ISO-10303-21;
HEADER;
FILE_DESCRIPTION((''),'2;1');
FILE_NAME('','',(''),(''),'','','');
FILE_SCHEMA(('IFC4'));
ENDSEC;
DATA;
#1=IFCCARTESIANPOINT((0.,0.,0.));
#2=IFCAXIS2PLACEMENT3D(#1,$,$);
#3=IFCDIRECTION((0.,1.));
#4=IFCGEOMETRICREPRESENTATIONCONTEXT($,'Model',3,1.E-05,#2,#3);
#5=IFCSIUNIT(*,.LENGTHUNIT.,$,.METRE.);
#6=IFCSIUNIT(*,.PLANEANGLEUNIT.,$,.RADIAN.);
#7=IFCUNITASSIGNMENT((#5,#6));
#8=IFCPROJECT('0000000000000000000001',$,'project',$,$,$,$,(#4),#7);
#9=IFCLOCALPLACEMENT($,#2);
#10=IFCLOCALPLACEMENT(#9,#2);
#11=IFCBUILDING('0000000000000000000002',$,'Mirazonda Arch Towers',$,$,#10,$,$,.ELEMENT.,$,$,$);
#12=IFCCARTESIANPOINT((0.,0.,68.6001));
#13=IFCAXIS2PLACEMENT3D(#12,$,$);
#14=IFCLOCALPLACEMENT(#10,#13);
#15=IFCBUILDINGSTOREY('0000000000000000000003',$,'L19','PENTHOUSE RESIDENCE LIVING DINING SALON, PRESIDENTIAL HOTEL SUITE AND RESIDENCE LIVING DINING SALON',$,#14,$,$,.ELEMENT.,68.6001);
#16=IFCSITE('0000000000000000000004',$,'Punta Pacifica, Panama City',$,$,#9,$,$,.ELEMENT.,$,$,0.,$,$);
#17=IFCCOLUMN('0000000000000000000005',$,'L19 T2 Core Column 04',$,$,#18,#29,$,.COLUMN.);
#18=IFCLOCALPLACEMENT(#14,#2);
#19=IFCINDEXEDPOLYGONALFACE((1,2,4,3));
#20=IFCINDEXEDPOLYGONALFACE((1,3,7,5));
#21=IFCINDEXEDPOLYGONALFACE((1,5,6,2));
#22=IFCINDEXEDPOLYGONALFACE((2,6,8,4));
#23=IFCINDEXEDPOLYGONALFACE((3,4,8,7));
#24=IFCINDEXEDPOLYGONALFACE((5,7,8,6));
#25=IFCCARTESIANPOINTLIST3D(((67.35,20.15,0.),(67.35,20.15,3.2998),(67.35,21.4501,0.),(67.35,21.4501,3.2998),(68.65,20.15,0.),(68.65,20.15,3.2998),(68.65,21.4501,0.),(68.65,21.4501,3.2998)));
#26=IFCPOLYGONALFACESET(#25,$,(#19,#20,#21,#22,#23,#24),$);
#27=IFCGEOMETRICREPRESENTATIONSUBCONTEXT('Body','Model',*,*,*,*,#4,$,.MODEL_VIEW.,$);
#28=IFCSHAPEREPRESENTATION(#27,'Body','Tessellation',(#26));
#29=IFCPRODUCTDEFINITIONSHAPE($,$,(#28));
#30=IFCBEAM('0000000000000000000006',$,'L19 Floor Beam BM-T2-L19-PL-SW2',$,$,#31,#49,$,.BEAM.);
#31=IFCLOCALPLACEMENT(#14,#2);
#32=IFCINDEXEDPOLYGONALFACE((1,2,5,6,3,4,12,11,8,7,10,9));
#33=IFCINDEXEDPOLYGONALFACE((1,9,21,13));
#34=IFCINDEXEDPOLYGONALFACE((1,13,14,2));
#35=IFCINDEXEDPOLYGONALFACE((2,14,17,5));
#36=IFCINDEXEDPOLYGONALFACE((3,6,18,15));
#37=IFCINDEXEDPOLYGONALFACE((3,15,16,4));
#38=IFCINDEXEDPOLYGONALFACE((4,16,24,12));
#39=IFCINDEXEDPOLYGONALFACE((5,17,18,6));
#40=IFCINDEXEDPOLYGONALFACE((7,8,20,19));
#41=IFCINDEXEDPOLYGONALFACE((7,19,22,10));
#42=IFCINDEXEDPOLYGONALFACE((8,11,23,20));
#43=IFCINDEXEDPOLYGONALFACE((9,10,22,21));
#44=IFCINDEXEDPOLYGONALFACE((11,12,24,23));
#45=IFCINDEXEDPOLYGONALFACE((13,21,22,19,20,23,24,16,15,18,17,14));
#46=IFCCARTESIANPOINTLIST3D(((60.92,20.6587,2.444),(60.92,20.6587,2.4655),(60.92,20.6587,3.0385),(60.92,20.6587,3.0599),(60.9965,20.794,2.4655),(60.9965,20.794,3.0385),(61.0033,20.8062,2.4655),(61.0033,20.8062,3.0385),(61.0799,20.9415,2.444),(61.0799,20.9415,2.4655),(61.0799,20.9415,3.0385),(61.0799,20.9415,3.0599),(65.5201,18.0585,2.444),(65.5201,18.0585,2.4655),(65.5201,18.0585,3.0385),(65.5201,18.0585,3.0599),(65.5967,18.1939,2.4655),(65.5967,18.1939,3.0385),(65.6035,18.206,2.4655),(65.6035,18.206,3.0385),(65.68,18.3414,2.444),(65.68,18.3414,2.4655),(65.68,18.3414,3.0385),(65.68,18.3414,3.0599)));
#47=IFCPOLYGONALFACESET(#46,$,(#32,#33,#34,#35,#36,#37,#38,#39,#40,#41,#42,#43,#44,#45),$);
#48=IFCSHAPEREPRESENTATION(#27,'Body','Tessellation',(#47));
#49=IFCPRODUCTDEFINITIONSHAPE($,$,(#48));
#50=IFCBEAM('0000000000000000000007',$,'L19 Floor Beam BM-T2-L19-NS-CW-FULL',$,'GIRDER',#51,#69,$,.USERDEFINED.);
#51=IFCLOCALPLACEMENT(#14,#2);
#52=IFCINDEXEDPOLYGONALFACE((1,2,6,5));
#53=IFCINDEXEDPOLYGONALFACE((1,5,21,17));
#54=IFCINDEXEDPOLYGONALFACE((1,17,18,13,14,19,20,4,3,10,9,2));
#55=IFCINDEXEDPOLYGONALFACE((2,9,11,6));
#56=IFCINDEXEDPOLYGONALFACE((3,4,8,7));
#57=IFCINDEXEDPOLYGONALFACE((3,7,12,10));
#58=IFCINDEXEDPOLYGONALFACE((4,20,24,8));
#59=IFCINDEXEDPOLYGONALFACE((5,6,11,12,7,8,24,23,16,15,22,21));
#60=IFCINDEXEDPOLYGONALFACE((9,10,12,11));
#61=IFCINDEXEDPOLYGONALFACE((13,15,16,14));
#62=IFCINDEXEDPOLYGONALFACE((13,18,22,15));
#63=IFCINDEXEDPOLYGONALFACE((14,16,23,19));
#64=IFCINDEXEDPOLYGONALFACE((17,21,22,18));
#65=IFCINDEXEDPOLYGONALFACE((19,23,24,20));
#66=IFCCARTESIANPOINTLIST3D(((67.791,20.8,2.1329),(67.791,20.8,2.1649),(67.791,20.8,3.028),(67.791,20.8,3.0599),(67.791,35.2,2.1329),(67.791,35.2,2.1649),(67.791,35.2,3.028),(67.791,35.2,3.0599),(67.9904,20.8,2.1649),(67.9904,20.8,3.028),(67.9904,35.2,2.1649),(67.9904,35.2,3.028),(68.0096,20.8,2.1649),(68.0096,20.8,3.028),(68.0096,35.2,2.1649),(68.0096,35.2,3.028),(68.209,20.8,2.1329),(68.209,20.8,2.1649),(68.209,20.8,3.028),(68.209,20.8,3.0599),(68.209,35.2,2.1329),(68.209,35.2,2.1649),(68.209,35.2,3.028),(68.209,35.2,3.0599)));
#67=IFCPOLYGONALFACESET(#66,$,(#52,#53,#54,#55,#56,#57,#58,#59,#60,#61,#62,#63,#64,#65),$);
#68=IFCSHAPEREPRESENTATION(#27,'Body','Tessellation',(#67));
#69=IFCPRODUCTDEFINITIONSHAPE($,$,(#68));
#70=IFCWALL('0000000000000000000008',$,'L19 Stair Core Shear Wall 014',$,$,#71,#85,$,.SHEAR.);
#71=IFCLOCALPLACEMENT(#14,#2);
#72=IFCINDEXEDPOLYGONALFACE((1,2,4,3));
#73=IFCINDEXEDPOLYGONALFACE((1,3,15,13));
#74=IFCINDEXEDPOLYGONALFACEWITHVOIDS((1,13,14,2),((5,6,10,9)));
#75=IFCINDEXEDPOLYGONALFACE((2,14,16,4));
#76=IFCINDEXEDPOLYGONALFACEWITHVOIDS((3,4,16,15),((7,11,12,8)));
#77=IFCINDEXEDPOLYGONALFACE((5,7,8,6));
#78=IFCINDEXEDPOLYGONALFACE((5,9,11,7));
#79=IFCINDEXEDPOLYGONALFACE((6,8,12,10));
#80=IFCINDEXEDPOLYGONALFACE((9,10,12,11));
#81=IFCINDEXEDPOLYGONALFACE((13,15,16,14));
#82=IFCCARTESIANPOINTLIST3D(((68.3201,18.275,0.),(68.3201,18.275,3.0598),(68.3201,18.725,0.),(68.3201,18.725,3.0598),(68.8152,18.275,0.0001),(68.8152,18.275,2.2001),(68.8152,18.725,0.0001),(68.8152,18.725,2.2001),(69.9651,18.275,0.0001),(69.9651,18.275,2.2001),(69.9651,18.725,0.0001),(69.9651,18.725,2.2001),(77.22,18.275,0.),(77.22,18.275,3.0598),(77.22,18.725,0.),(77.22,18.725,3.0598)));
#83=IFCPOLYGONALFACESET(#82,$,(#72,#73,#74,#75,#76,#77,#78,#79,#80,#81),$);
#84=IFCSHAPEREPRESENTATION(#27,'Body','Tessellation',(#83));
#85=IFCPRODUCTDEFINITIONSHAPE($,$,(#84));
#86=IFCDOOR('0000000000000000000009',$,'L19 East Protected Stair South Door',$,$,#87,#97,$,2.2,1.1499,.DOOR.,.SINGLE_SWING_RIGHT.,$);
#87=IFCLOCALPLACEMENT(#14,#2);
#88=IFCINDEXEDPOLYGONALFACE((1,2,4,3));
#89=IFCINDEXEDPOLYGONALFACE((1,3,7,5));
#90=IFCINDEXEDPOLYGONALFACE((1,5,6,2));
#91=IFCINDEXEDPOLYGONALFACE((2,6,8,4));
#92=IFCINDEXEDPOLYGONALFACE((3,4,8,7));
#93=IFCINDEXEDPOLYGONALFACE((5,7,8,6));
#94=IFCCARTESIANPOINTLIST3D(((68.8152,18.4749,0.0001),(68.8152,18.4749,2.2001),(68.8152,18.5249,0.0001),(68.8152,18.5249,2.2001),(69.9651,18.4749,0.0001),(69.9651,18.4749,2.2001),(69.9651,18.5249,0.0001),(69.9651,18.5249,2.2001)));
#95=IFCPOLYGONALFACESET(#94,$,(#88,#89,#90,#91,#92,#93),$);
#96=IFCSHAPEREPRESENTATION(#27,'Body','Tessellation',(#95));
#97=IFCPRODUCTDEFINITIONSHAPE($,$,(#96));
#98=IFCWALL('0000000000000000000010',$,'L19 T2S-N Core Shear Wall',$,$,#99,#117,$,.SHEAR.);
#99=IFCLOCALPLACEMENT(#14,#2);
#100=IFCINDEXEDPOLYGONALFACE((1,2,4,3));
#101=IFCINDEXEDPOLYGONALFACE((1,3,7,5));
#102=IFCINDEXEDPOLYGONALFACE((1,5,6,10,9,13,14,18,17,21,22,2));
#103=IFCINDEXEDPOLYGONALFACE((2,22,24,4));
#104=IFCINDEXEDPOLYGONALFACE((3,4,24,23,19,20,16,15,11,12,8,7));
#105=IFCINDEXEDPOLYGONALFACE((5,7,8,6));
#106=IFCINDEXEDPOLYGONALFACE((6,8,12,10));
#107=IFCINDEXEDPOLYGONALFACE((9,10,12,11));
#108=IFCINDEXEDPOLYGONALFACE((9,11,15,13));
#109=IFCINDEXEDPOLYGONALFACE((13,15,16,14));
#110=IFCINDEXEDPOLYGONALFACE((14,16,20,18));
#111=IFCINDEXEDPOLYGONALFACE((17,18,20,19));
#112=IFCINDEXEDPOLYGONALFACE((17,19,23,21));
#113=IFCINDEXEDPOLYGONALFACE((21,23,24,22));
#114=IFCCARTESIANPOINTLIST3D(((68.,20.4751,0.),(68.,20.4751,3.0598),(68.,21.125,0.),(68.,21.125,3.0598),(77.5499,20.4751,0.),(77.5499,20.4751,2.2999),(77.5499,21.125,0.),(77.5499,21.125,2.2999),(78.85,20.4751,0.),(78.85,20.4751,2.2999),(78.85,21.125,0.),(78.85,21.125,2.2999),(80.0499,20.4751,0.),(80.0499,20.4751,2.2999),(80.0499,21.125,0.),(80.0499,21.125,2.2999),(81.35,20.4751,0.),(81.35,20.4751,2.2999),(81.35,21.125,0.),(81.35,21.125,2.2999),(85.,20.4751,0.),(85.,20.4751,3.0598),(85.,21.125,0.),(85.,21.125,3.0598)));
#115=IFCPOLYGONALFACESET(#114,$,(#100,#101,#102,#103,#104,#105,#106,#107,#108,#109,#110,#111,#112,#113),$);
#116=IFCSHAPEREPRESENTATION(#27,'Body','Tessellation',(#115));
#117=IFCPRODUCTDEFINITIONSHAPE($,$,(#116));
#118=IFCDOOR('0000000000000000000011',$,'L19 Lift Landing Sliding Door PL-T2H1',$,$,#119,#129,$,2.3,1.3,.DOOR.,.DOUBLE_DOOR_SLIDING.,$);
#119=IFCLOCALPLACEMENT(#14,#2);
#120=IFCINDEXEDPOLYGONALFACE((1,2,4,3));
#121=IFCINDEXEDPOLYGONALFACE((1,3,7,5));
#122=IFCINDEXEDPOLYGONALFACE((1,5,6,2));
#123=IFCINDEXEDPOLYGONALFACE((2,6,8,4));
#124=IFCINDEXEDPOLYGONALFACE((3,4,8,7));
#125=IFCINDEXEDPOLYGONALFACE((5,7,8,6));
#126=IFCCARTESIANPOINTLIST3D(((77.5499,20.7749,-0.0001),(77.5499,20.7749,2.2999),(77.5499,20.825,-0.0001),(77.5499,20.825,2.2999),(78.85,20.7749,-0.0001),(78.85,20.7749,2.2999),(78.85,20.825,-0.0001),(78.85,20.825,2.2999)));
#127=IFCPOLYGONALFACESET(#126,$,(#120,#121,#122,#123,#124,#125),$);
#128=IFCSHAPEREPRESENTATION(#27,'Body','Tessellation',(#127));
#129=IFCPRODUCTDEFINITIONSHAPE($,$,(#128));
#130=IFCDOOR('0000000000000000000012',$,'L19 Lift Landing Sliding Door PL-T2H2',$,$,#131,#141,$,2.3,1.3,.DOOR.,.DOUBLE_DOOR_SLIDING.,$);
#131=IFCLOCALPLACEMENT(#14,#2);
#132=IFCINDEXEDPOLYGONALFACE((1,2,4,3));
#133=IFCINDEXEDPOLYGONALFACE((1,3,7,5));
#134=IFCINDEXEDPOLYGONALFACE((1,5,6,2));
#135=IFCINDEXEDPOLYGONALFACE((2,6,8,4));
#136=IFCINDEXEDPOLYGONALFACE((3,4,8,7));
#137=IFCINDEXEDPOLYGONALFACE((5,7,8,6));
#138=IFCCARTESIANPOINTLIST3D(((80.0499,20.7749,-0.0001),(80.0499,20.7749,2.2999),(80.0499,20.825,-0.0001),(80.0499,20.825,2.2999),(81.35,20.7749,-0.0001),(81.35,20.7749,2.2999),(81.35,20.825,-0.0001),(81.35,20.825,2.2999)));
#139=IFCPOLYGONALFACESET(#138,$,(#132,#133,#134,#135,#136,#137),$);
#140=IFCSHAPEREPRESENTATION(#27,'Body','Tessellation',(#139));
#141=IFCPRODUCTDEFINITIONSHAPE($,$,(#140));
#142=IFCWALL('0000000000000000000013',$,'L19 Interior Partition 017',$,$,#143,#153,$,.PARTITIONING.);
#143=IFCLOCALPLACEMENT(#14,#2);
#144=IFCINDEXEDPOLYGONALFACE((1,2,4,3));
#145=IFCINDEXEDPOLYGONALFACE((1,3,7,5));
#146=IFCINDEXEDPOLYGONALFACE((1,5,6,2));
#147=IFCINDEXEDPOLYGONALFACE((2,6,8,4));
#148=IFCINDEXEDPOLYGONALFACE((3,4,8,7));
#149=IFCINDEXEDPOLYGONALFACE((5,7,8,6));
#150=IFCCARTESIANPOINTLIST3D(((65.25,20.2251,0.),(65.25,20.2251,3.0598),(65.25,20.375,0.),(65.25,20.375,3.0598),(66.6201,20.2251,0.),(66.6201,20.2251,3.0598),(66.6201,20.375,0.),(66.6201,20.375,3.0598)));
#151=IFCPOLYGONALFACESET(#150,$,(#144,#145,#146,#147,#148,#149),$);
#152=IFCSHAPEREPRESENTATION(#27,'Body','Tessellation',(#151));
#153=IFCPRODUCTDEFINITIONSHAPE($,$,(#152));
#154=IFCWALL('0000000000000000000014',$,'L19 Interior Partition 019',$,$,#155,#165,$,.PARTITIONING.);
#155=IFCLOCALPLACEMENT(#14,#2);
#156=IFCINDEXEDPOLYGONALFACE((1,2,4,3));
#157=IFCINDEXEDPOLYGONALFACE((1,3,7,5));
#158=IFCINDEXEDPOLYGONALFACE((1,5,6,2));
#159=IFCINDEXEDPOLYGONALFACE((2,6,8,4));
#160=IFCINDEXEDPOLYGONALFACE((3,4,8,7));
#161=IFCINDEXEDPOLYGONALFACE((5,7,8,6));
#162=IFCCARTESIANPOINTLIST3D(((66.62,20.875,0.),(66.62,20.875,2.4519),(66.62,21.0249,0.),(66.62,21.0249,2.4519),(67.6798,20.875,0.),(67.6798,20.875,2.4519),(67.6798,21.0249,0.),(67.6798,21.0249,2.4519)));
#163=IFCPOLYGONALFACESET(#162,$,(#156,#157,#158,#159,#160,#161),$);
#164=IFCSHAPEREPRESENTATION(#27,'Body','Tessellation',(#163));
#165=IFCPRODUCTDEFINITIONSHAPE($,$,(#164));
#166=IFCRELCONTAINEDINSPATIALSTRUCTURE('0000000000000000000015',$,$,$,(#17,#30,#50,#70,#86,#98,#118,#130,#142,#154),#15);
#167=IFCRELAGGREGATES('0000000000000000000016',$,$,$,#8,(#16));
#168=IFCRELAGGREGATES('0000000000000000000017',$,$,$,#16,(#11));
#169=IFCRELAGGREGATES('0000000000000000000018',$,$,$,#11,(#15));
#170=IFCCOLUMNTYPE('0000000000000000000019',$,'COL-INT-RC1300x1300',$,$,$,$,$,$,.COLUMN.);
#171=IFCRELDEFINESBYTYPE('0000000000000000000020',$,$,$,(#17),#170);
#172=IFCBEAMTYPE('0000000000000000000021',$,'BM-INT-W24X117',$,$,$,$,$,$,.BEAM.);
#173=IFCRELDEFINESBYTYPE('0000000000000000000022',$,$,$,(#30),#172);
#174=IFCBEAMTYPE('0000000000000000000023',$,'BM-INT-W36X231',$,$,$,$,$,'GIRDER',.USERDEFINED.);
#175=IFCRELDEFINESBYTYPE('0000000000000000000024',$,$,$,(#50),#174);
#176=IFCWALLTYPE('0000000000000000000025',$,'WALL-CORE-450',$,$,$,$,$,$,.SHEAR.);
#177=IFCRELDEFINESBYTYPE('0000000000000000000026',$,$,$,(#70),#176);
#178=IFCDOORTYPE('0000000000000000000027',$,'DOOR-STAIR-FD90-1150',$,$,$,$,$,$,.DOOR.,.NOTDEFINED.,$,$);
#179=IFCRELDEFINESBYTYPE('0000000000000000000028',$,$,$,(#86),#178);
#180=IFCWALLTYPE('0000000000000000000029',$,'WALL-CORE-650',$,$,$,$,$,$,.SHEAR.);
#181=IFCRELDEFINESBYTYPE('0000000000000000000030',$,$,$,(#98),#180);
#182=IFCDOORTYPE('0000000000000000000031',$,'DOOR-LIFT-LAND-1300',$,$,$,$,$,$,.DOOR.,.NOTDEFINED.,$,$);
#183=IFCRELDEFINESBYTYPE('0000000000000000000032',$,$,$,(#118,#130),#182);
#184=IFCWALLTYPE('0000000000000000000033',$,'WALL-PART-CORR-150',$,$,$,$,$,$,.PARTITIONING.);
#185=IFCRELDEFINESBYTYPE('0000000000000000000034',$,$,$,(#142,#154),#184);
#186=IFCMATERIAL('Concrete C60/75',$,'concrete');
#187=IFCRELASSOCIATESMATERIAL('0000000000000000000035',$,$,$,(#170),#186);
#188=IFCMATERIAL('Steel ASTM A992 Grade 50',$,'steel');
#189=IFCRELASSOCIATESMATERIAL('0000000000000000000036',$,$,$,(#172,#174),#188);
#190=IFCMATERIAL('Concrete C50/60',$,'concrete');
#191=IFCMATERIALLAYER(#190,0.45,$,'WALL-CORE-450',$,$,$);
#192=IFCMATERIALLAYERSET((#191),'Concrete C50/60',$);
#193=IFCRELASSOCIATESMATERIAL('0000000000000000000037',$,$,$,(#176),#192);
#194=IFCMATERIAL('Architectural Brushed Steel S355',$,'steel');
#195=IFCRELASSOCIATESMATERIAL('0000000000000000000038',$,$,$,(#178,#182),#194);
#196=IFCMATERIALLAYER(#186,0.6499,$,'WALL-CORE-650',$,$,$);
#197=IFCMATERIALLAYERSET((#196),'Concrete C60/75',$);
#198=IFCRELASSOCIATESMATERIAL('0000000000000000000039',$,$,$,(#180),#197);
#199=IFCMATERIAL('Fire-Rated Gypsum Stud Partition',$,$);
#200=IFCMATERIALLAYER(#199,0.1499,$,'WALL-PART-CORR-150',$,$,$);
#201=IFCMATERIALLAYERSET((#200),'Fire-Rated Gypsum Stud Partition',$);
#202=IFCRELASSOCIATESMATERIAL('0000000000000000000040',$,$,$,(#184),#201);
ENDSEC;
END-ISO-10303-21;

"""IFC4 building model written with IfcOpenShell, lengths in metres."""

from ifc_helpers import new_model, si_unit, direction, frame, frame_2d, origin, origin_2d, place, context, subcontext, project, spatial, rectangle, i_section, extrude, material, layer, layer_set, material_profile, profile_set, type_object, element, fill, save


model = new_model("IFC4")

# Units and contexts
model_context = context("Model", 3, precision=1e-05, world=origin(), true_north=direction((0.0, 1.0)))
body_context = subcontext(model_context, "Body", "Model", "MODEL_VIEW")
ifc_project = project(units=[si_unit("LENGTHUNIT", "METRE"), si_unit("PLANEANGLEUNIT", "RADIAN")], contexts=[model_context])

# Site, building, storey
site_placement = place(None, origin())
site = spatial("IfcSite", under=ifc_project, at=site_placement, Name="Punta Pacifica, Panama City", CompositionType="ELEMENT", RefElevation=0.0)
building_placement = place(site_placement, origin())
building = spatial("IfcBuilding", under=site, at=building_placement, Name="Mirazonda Arch Towers", CompositionType="ELEMENT")
storey_placement = place(building_placement, frame((0.0, 0.0, 68.6001)))
storey = spatial("IfcBuildingStorey", under=building, at=storey_placement, Name="L19", Description="PENTHOUSE RESIDENCE LIVING DINING SALON, PRESIDENTIAL HOTEL SUITE AND RESIDENCE LIVING DINING SALON", CompositionType="ELEMENT", Elevation=68.6001)

# Column
ifc_material_1 = material(Name="Concrete C60/75", Category="concrete")
ifc_material_profile_1 = material_profile(ifc_material_1, rectangle(XDim=1.3, YDim=1.3, at=origin_2d()), Name="RC1300x1300")
ifc_profile_set_1 = profile_set([ifc_material_profile_1], Name="Concrete C60/75")
column_type = type_object("IfcColumnType", Name="COL-INT-RC1300x1300", PredefinedType="COLUMN", material=ifc_profile_set_1)
column_placement = place(storey_placement, frame((68.0, 20.8, 0.0), z_axis=(0.0, 0.0, 1.0), x_axis=(1.0, 0.0, 0.0)))
element("IfcColumn", 1, at=column_placement, inside=storey, type_object=column_type, Name="L19 T2 Core Column 04", PredefinedType="COLUMN", context=body_context, shape_type="SweptSolid", body=[
    extrude(rectangle(XDim=1.3, YDim=1.3, at=origin_2d()), origin(), (0.0, 0.0, 1.0), 3.2998),
])

# Beams
ifc_material_2 = material(Name="Steel ASTM A992 Grade 50", Category="steel")
ifc_material_profile_2 = material_profile(ifc_material_2, i_section(OverallWidth=0.325, OverallDepth=0.616, WebThickness=0.0139, FlangeThickness=0.0215, at=origin_2d()), Name="W24X117")
ifc_profile_set_2 = profile_set([ifc_material_profile_2], Name="Steel ASTM A992 Grade 50")
beam_type_1 = type_object("IfcBeamType", Name="BM-INT-W24X117", PredefinedType="BEAM", material=ifc_profile_set_2)
beam_1_placement = place(storey_placement, frame((65.6001, 18.2, 2.752), z_axis=(-0.870559, 0.492063, 0.0), x_axis=(-0.492063, -0.870559, 0.0)))
element("IfcBeam", 2, at=beam_1_placement, inside=storey, type_object=beam_type_1, Name="L19 Floor Beam BM-T2-L19-PL-SW2", PredefinedType="BEAM", context=body_context, shape_type="SweptSolid", body=[
    extrude(i_section(OverallWidth=0.325, OverallDepth=0.616, WebThickness=0.0139, FlangeThickness=0.0215, at=origin_2d()), origin(), (0.0, 0.0, 1.0), 5.2842),
])
ifc_material_profile_3 = material_profile(ifc_material_2, i_section(OverallWidth=0.418, OverallDepth=0.927, WebThickness=0.0193, FlangeThickness=0.032, at=origin_2d()), Name="W36X231")
ifc_profile_set_3 = profile_set([ifc_material_profile_3], Name="Steel ASTM A992 Grade 50")
beam_type_2 = type_object("IfcBeamType", Name="BM-INT-W36X231", ElementType="GIRDER", PredefinedType="USERDEFINED", material=ifc_profile_set_3)
beam_2_placement = place(storey_placement, frame((68.0, 20.8, 2.5964), z_axis=(0.0, 1.0, 0.0), x_axis=(-1.0, 0.0, 0.0)))
element("IfcBeam", 3, at=beam_2_placement, inside=storey, type_object=beam_type_2, Name="L19 Floor Beam BM-T2-L19-NS-CW-FULL", ObjectType="GIRDER", PredefinedType="USERDEFINED", context=body_context, shape_type="SweptSolid", body=[
    extrude(i_section(OverallWidth=0.418, OverallDepth=0.927, WebThickness=0.0193, FlangeThickness=0.032, at=origin_2d()), origin(), (0.0, 0.0, 1.0), 14.3999),
])

# Wall, opening, door
ifc_material_3 = material(Name="Concrete C50/60", Category="concrete")
ifc_layer_1 = layer(ifc_material_3, 0.45, Name="WALL-CORE-450")
ifc_layer_set_1 = layer_set([ifc_layer_1], Name="Concrete C50/60")
wall_type_1 = type_object("IfcWallType", Name="WALL-CORE-450", PredefinedType="SHEAR", material=ifc_layer_set_1)
wall_1_placement = place(storey_placement, frame((68.3201, 18.5, 0.0), z_axis=(0.0, 0.0, 1.0), x_axis=(1.0, 0.0, 0.0)))
wall_1 = element("IfcWall", 4, at=wall_1_placement, inside=storey, type_object=wall_type_1, Name="L19 Stair Core Shear Wall 014", PredefinedType="SHEAR", context=body_context, shape_type="SweptSolid", body=[
    extrude(rectangle(XDim=8.8999, YDim=0.45, at=frame_2d((4.45, 0.0))), origin(), (0.0, 0.0, 1.0), 3.0598),
])
opening_1_placement = place(wall_1_placement, frame((0.4951, 0.0, 0.0)))
opening_1 = element("IfcOpeningElement", 5, at=opening_1_placement, cuts=wall_1, PredefinedType="OPENING", context=body_context, shape_type="SweptSolid", body=[
    extrude(rectangle(XDim=1.1499, YDim=2.2, at=frame_2d((0.575, 1.1001))), frame((0.0, 0.2349, 0.0), z_axis=(0.0, -1.0, 0.0), x_axis=(1.0, 0.0, 0.0)), (0.0, 0.0, 1.0), 0.47),
])
ifc_material_4 = material(Name="Architectural Brushed Steel S355", Category="steel")
door_type_1 = type_object("IfcDoorType", Name="DOOR-STAIR-FD90-1150", OperationType="NOTDEFINED", PredefinedType="DOOR", material=ifc_material_4)
door_1_placement = place(opening_1_placement, origin())
door_1 = element("IfcDoor", 6, at=door_1_placement, inside=storey, type_object=door_type_1, Name="L19 East Protected Stair South Door", OperationType="SINGLE_SWING_RIGHT", OverallHeight=2.2, OverallWidth=1.1499, PredefinedType="DOOR", context=body_context, shape_type="SweptSolid", body=[
    extrude(rectangle(XDim=1.1499, YDim=2.2, at=frame_2d((0.575, 1.1001))), frame((0.0, 0.0249, 0.0), z_axis=(0.0, -1.0, 0.0), x_axis=(1.0, 0.0, 0.0)), (0.0, 0.0, 1.0), 0.05),
])
fill(opening_1, door_1)

# Wall, openings, doors
ifc_layer_2 = layer(ifc_material_1, 0.6499, Name="WALL-CORE-650")
ifc_layer_set_2 = layer_set([ifc_layer_2], Name="Concrete C60/75")
wall_type_2 = type_object("IfcWallType", Name="WALL-CORE-650", PredefinedType="SHEAR", material=ifc_layer_set_2)
wall_2_placement = place(storey_placement, frame((68.0, 20.8, 0.0), z_axis=(0.0, 0.0, 1.0), x_axis=(1.0, 0.0, 0.0)))
wall_2 = element("IfcWall", 7, at=wall_2_placement, inside=storey, type_object=wall_type_2, Name="L19 T2S-N Core Shear Wall", PredefinedType="SHEAR", context=body_context, shape_type="SweptSolid", body=[
    extrude(rectangle(XDim=17.0, YDim=0.6499, at=frame_2d((8.5, 0.0))), origin(), (0.0, 0.0, 1.0), 3.0598),
])
opening_2_placement = place(wall_2_placement, frame((9.55, 0.0, 0.0)))
opening_2 = element("IfcOpeningElement", 8, at=opening_2_placement, cuts=wall_2, PredefinedType="OPENING", context=body_context, shape_type="SweptSolid", body=[
    extrude(rectangle(XDim=1.3, YDim=2.3, at=frame_2d((0.6499, 1.1499))), frame((0.0, 0.335, 0.0), z_axis=(0.0, -1.0, 0.0), x_axis=(1.0, 0.0, 0.0)), (0.0, 0.0, 1.0), 0.6699),
])
opening_3_placement = place(wall_2_placement, frame((12.05, 0.0, 0.0)))
opening_3 = element("IfcOpeningElement", 9, at=opening_3_placement, cuts=wall_2, PredefinedType="OPENING", context=body_context, shape_type="SweptSolid", body=[
    extrude(rectangle(XDim=1.3, YDim=2.3, at=frame_2d((0.6499, 1.1499))), frame((0.0, 0.335, 0.0), z_axis=(0.0, -1.0, 0.0), x_axis=(1.0, 0.0, 0.0)), (0.0, 0.0, 1.0), 0.6699),
])
door_type_2 = type_object("IfcDoorType", Name="DOOR-LIFT-LAND-1300", OperationType="NOTDEFINED", PredefinedType="DOOR", material=ifc_material_4)
door_2_placement = place(opening_2_placement, origin())
door_2 = element("IfcDoor", 10, at=door_2_placement, inside=storey, type_object=door_type_2, Name="L19 Lift Landing Sliding Door PL-T2H1", OperationType="DOUBLE_DOOR_SLIDING", OverallHeight=2.3, OverallWidth=1.3, PredefinedType="DOOR", context=body_context, shape_type="SweptSolid", body=[
    extrude(rectangle(XDim=1.3, YDim=2.3, at=frame_2d((0.6499, 1.1499))), frame((0.0, 0.0249, 0.0), z_axis=(0.0, -1.0, 0.0), x_axis=(1.0, 0.0, 0.0)), (0.0, 0.0, 1.0), 0.05),
])
fill(opening_2, door_2)
door_3_placement = place(opening_3_placement, origin())
door_3 = element("IfcDoor", 11, at=door_3_placement, inside=storey, type_object=door_type_2, Name="L19 Lift Landing Sliding Door PL-T2H2", OperationType="DOUBLE_DOOR_SLIDING", OverallHeight=2.3, OverallWidth=1.3, PredefinedType="DOOR", context=body_context, shape_type="SweptSolid", body=[
    extrude(rectangle(XDim=1.3, YDim=2.3, at=frame_2d((0.6499, 1.1499))), frame((0.0, 0.0249, 0.0), z_axis=(0.0, -1.0, 0.0), x_axis=(1.0, 0.0, 0.0)), (0.0, 0.0, 1.0), 0.05),
])
fill(opening_3, door_3)

# Walls
ifc_material_5 = material(Name="Fire-Rated Gypsum Stud Partition")
ifc_layer_3 = layer(ifc_material_5, 0.1499, Name="WALL-PART-CORR-150")
ifc_layer_set_3 = layer_set([ifc_layer_3], Name="Fire-Rated Gypsum Stud Partition")
wall_type_3 = type_object("IfcWallType", Name="WALL-PART-CORR-150", PredefinedType="PARTITIONING", material=ifc_layer_set_3)
wall_3_placement = place(storey_placement, frame((65.25, 20.3, 0.0), z_axis=(0.0, 0.0, 1.0), x_axis=(1.0, 0.0, 0.0)))
element("IfcWall", 12, at=wall_3_placement, inside=storey, type_object=wall_type_3, Name="L19 Interior Partition 017", PredefinedType="PARTITIONING", context=body_context, shape_type="SweptSolid", body=[
    extrude(rectangle(XDim=1.3701, YDim=0.1499, at=frame_2d((0.6851, 0.0))), origin(), (0.0, 0.0, 1.0), 3.0598),
])
wall_4_placement = place(storey_placement, frame((66.6201, 20.95, 0.0), z_axis=(0.0, 0.0, 1.0), x_axis=(1.0, 0.0, 0.0)))
element("IfcWall", 13, at=wall_4_placement, inside=storey, type_object=wall_type_3, Name="L19 Interior Partition 019", PredefinedType="PARTITIONING", context=body_context, shape_type="SweptSolid", body=[
    extrude(rectangle(XDim=1.0598, YDim=0.1499, at=frame_2d((0.5298, 0.0))), origin(), (0.0, 0.0, 1.0), 2.4519),
])

save(model, "model.ifc")
